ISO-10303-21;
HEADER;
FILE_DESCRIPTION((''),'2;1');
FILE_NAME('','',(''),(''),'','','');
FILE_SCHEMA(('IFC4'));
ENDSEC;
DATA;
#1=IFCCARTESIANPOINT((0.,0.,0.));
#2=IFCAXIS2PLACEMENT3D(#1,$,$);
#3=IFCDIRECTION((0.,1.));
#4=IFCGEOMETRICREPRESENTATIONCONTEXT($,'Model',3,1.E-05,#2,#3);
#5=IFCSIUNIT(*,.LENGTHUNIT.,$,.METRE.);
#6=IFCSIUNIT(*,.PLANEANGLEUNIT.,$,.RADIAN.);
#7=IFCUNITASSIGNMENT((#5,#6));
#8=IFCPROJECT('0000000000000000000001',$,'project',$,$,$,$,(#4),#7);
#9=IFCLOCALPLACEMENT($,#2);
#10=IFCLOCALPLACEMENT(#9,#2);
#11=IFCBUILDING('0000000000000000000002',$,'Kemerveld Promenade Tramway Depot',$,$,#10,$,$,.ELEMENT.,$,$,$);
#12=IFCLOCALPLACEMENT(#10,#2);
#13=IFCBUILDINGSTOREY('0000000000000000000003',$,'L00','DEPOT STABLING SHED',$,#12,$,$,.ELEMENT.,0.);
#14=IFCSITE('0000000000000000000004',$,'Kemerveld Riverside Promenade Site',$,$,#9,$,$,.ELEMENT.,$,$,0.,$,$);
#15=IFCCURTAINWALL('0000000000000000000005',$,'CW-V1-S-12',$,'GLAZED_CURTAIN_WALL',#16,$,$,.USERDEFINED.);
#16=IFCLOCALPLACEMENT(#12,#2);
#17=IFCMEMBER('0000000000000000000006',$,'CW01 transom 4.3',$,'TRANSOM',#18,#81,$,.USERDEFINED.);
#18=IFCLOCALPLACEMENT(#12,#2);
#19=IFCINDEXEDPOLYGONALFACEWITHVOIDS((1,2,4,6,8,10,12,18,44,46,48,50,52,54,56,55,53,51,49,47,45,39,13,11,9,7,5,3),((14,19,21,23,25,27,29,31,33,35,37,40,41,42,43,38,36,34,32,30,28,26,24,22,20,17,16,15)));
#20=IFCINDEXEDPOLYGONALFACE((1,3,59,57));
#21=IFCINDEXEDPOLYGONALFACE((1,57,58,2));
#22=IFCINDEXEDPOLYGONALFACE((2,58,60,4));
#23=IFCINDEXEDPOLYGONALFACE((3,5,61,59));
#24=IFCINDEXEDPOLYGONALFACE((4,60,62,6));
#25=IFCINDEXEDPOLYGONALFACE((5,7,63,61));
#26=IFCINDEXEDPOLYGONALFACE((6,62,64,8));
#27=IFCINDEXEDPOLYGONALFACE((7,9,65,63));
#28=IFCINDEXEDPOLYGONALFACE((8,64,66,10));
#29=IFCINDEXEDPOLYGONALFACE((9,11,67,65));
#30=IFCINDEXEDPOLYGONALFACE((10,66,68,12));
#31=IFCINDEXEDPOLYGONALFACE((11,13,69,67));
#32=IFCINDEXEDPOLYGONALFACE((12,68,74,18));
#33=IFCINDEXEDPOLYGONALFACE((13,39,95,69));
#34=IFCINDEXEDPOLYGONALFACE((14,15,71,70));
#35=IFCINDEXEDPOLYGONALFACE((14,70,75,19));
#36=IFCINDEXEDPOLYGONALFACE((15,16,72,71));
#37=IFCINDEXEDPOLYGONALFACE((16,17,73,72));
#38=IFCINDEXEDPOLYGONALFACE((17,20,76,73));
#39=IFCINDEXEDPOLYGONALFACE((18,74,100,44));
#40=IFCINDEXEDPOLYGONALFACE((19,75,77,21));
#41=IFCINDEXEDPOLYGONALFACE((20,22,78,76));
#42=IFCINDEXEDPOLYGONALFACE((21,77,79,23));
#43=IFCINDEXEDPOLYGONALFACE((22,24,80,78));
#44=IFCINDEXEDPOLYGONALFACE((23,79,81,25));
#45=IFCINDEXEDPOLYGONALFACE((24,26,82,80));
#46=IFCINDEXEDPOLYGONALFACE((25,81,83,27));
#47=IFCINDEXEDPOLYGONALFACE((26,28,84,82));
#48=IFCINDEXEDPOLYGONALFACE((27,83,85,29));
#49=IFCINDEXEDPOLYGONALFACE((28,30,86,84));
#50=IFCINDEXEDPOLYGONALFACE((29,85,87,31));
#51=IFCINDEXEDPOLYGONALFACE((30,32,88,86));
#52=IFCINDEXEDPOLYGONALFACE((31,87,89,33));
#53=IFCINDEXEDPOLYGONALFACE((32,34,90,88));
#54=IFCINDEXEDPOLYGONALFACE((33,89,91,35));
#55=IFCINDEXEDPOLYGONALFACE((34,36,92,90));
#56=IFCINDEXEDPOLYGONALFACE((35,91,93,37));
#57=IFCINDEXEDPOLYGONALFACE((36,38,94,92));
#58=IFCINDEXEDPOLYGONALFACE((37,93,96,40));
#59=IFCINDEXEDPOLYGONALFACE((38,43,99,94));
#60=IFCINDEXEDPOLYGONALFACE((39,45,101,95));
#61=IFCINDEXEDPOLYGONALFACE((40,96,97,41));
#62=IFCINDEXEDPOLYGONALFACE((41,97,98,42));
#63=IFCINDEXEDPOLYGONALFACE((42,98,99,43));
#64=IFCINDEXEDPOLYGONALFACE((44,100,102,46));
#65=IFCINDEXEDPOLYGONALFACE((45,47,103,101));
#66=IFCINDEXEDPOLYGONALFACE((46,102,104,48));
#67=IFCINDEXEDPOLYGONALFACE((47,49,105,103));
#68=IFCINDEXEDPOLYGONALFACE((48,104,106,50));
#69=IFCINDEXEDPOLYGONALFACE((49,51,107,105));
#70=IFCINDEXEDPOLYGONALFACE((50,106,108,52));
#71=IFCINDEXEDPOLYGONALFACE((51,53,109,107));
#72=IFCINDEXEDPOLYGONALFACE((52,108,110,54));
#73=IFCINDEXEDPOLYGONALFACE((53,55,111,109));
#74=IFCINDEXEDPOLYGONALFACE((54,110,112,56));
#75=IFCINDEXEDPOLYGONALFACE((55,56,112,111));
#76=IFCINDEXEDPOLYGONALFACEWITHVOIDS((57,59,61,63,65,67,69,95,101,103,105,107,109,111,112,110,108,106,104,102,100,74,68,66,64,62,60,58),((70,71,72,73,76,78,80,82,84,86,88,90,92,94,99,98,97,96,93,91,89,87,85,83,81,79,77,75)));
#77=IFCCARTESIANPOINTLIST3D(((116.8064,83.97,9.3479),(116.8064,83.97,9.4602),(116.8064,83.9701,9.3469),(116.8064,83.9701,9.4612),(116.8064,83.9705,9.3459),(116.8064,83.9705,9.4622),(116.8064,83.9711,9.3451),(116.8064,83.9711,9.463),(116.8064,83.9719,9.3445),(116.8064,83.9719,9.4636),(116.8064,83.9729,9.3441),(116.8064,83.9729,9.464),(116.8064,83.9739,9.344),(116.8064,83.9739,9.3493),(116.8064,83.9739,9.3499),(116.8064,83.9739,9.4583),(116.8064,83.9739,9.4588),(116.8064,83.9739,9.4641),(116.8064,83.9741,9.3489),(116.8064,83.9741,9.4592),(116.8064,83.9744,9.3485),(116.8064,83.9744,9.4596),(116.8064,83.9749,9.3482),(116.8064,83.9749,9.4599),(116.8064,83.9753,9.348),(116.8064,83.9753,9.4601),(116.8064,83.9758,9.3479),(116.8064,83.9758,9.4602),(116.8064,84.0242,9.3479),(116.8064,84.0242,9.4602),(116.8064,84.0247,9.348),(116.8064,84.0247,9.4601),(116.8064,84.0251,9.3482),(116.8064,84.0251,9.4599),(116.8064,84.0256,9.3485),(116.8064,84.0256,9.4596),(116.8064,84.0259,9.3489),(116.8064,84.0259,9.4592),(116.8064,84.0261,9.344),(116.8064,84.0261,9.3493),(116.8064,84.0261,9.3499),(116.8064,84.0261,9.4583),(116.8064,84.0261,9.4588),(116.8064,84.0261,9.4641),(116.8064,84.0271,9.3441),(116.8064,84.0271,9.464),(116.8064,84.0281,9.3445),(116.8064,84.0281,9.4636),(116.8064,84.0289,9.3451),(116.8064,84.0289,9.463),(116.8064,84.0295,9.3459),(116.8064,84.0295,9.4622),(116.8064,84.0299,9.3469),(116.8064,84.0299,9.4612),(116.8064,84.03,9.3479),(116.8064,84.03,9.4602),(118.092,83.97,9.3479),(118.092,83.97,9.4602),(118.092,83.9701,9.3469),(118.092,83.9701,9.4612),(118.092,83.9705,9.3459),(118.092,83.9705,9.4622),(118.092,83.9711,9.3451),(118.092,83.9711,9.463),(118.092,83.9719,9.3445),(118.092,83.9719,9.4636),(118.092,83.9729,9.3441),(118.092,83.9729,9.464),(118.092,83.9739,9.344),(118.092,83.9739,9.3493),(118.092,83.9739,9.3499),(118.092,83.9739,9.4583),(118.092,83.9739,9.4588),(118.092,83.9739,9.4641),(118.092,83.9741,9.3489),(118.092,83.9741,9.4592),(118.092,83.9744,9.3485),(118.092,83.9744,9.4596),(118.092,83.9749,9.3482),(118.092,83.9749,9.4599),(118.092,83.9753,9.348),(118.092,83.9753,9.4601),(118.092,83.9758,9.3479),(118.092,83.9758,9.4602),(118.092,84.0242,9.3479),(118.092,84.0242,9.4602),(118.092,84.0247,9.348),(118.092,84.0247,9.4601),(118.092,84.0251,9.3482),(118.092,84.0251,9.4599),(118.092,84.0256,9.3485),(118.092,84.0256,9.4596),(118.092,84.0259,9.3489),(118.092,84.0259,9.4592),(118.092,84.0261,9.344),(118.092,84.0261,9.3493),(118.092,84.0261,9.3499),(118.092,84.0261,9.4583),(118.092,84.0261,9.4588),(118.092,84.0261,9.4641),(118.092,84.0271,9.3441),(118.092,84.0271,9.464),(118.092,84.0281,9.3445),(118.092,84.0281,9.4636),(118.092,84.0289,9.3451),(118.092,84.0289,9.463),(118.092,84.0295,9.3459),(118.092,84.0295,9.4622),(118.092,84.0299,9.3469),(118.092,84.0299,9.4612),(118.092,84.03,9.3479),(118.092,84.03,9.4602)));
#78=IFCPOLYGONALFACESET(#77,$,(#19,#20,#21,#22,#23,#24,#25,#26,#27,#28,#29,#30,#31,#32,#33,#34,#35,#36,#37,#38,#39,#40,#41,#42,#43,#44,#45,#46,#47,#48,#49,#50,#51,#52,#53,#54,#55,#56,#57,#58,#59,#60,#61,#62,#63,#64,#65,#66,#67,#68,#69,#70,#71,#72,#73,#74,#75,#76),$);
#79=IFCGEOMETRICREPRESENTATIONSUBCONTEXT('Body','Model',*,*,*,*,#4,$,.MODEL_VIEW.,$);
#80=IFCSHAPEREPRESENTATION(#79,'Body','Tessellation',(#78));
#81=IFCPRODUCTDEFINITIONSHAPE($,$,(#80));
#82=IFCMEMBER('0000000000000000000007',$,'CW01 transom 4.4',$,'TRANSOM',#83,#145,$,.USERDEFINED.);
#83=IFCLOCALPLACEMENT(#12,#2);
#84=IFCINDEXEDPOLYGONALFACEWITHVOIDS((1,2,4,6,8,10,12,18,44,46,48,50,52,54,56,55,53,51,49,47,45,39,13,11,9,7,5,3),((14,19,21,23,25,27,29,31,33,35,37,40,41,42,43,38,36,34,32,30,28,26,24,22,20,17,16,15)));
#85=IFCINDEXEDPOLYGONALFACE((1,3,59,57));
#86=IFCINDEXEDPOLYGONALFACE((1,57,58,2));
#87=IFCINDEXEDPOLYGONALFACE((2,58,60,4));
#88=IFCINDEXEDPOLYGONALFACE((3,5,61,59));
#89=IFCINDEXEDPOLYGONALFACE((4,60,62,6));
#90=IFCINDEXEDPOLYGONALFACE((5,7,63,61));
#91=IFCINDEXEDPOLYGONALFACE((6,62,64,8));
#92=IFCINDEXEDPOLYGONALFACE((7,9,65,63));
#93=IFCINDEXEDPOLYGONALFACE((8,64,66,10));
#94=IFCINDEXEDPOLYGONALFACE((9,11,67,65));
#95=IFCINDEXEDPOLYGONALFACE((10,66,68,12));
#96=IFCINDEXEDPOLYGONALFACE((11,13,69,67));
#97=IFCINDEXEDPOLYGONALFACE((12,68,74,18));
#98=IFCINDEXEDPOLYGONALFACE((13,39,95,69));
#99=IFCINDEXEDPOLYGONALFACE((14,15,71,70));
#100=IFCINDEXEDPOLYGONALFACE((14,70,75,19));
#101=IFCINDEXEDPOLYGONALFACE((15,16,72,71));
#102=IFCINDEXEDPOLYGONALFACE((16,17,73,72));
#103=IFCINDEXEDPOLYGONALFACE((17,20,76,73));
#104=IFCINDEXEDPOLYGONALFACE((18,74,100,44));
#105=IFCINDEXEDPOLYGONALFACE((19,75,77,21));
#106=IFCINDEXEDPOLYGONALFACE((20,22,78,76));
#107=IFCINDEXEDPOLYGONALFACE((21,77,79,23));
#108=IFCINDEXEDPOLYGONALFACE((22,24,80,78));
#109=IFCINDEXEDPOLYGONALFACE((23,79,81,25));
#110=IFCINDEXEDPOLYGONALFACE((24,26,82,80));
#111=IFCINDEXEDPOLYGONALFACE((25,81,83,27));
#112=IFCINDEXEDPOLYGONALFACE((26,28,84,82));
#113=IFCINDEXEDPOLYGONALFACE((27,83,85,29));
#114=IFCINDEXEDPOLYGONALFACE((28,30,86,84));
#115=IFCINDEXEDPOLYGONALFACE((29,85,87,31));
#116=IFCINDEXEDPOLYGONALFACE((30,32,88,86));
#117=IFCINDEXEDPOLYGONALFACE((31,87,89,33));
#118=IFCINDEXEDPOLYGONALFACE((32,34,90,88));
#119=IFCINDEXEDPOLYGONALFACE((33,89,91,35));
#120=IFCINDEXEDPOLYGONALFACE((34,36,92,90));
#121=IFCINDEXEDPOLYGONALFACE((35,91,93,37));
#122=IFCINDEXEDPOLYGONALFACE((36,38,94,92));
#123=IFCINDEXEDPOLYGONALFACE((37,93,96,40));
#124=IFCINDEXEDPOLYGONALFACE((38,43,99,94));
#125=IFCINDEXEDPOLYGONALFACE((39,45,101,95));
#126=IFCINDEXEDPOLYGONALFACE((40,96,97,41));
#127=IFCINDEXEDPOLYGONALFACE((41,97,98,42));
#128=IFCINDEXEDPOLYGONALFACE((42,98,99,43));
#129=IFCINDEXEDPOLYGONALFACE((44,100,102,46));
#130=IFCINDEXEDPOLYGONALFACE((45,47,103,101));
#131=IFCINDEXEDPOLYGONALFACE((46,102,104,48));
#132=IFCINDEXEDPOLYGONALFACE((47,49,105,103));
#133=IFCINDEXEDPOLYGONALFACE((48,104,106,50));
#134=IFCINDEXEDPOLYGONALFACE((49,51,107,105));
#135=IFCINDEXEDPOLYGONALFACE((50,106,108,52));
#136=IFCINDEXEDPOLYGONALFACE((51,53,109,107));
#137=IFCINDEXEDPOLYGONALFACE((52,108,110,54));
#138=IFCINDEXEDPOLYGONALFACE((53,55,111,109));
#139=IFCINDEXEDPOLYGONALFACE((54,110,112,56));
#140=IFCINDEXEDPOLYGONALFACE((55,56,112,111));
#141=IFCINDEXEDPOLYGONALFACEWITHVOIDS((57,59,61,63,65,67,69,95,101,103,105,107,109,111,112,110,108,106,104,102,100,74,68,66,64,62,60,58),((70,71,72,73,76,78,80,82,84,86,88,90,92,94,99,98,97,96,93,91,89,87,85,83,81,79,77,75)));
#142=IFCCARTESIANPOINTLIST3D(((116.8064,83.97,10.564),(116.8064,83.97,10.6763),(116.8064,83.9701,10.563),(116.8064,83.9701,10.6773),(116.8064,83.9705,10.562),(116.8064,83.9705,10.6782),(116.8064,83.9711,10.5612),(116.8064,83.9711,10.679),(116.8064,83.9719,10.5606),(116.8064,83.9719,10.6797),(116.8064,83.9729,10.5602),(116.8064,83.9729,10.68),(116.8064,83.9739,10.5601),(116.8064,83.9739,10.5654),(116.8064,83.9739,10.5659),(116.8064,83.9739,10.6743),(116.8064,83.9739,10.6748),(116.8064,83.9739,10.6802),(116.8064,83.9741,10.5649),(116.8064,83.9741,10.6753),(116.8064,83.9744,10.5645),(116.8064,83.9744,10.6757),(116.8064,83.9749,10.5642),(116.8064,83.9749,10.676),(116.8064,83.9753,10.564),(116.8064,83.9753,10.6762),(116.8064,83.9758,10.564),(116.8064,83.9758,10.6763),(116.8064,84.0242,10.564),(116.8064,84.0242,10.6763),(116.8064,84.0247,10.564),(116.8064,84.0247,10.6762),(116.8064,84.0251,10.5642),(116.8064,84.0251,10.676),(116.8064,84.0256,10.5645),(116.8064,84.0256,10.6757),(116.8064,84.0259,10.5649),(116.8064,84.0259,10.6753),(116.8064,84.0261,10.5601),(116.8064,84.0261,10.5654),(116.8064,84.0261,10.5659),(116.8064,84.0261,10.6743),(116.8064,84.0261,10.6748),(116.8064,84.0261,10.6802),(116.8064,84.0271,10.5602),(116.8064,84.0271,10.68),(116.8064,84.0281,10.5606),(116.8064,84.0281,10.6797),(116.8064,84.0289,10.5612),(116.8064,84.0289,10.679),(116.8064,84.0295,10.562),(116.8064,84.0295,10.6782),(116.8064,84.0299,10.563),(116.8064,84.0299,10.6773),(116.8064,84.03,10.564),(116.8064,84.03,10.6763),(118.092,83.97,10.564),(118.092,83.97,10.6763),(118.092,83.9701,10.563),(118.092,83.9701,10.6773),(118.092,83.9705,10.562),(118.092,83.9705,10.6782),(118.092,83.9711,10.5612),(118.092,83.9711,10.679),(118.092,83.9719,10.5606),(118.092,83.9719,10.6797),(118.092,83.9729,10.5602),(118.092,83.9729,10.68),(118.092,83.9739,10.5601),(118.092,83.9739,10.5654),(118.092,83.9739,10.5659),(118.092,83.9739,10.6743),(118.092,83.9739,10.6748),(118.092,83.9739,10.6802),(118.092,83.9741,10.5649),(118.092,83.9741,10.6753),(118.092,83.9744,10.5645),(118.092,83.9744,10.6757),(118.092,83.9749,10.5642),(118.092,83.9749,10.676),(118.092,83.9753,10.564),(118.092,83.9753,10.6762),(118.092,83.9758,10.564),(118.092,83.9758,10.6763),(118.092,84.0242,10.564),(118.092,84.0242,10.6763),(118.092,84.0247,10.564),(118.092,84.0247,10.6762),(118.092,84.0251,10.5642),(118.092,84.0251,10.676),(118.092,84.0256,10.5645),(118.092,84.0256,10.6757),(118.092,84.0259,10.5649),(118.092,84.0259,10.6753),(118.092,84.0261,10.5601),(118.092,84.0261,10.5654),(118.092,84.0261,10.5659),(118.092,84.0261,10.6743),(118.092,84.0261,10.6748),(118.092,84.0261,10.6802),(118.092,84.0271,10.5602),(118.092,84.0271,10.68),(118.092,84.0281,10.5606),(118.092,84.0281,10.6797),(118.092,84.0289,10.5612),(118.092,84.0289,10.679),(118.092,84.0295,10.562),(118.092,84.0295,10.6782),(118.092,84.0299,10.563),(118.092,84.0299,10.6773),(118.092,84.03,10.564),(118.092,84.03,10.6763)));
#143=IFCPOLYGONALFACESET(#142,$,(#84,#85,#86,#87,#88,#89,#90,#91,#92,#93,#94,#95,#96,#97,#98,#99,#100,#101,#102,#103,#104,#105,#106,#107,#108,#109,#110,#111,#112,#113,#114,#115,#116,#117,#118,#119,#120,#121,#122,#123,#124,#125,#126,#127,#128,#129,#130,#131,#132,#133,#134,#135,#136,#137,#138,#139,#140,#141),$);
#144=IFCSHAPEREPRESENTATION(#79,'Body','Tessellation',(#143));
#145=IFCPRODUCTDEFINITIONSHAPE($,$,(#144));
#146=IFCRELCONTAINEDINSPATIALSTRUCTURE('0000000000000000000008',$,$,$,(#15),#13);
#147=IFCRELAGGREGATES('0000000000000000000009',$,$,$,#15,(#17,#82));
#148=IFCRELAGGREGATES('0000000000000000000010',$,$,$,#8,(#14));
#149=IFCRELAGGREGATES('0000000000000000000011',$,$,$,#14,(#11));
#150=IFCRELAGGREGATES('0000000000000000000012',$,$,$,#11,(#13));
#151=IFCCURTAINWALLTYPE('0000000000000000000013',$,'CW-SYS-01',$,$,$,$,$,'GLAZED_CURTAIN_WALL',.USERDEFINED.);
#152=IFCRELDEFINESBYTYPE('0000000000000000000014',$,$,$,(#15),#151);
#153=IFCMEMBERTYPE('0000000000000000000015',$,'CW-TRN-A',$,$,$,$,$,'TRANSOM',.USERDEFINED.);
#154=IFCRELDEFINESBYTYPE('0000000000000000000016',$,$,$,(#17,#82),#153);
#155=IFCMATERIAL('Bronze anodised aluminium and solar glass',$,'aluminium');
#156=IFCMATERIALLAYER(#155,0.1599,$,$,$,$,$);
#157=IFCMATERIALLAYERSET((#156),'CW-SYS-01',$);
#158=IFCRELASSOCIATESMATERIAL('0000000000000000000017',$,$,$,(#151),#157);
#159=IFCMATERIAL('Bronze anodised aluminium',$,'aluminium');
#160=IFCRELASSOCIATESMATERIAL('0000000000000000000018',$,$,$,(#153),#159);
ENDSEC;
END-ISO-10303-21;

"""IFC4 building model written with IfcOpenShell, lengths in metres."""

from ifc_helpers import new_model, si_unit, direction, frame, origin, origin_2d, place, context, subcontext, project, spatial, hollow_rectangle, extrude, material, layer, layer_set, material_profile, profile_set, type_object, element, aggregate, save


model = new_model("IFC4")

# Units and contexts
model_context = context("Model", 3, precision=1e-05, world=origin(), true_north=direction((0.0, 1.0)))
body_context = subcontext(model_context, "Body", "Model", "MODEL_VIEW")
ifc_project = project(units=[si_unit("LENGTHUNIT", "METRE"), si_unit("PLANEANGLEUNIT", "RADIAN")], contexts=[model_context])

# Site, building, storey
site_placement = place(None, origin())
site = spatial("IfcSite", under=ifc_project, at=site_placement, Name="Kemerveld Riverside Promenade Site", CompositionType="ELEMENT", RefElevation=0.0)
building_placement = place(site_placement, origin())
building = spatial("IfcBuilding", under=site, at=building_placement, Name="Kemerveld Promenade Tramway Depot", CompositionType="ELEMENT")
storey_placement = place(building_placement, origin())
storey = spatial("IfcBuildingStorey", under=building, at=storey_placement, Name="L00", Description="DEPOT STABLING SHED", CompositionType="ELEMENT", Elevation=0.0)

# Curtain wall, members
ifc_material_1 = material(Name="Bronze anodised aluminium and solar glass", Category="aluminium")
ifc_layer_1 = layer(ifc_material_1, 0.1599)
ifc_layer_set_1 = layer_set([ifc_layer_1], Name="CW-SYS-01")
curtain_wall_type_1 = type_object("IfcCurtainWallType", Name="CW-SYS-01", ElementType="GLAZED_CURTAIN_WALL", PredefinedType="USERDEFINED", material=ifc_layer_set_1)
curtain_wall_1_placement = place(storey_placement, origin())
curtain_wall_1 = element("IfcCurtainWall", 1, at=curtain_wall_1_placement, inside=storey, type_object=curtain_wall_type_1, Name="CW-V1-S-12", ObjectType="GLAZED_CURTAIN_WALL", PredefinedType="USERDEFINED")
ifc_material_2 = material(Name="Bronze anodised aluminium", Category="aluminium")
ifc_material_profile_1 = material_profile(ifc_material_2, hollow_rectangle(XDim=0.0601, YDim=0.1201, WallThickness=0.0039, InnerFilletRadius=0.002, OuterFilletRadius=0.0039, at=origin_2d()), Name="CW-TRN-120x60")
ifc_profile_set_1 = profile_set([ifc_material_profile_1], Name="Bronze anodised aluminium")
member_type_1 = type_object("IfcMemberType", Name="CW-TRN-A", ElementType="TRANSOM", PredefinedType="USERDEFINED", material=ifc_profile_set_1)
member_1_placement = place(storey_placement, frame((118.092, 84.0, 9.4041), z_axis=(-1.0, 0.0, 0.0), x_axis=(0.0, -1.0, 0.0)))
member_1 = element("IfcMember", 2, at=member_1_placement, type_object=member_type_1, Name="CW01 transom 4.3", ObjectType="TRANSOM", PredefinedType="USERDEFINED", context=body_context, shape_type="SweptSolid", body=[
    extrude(hollow_rectangle(XDim=0.0601, YDim=0.1201, WallThickness=0.0039, InnerFilletRadius=0.002, OuterFilletRadius=0.0039, at=origin_2d()), origin(), (0.0, 0.0, 1.0), 1.2856),
])
member_2_placement = place(storey_placement, frame((118.092, 84.0, 10.6201), z_axis=(-1.0, 0.0, 0.0), x_axis=(0.0, -1.0, 0.0)))
member_2 = element("IfcMember", 3, at=member_2_placement, type_object=member_type_1, Name="CW01 transom 4.4", ObjectType="TRANSOM", PredefinedType="USERDEFINED", context=body_context, shape_type="SweptSolid", body=[
    extrude(hollow_rectangle(XDim=0.0601, YDim=0.1201, WallThickness=0.0039, InnerFilletRadius=0.002, OuterFilletRadius=0.0039, at=origin_2d()), origin(), (0.0, 0.0, 1.0), 1.2856),
])

aggregate(curtain_wall_1, [member_1, member_2])

save(model, "model.ifc")
